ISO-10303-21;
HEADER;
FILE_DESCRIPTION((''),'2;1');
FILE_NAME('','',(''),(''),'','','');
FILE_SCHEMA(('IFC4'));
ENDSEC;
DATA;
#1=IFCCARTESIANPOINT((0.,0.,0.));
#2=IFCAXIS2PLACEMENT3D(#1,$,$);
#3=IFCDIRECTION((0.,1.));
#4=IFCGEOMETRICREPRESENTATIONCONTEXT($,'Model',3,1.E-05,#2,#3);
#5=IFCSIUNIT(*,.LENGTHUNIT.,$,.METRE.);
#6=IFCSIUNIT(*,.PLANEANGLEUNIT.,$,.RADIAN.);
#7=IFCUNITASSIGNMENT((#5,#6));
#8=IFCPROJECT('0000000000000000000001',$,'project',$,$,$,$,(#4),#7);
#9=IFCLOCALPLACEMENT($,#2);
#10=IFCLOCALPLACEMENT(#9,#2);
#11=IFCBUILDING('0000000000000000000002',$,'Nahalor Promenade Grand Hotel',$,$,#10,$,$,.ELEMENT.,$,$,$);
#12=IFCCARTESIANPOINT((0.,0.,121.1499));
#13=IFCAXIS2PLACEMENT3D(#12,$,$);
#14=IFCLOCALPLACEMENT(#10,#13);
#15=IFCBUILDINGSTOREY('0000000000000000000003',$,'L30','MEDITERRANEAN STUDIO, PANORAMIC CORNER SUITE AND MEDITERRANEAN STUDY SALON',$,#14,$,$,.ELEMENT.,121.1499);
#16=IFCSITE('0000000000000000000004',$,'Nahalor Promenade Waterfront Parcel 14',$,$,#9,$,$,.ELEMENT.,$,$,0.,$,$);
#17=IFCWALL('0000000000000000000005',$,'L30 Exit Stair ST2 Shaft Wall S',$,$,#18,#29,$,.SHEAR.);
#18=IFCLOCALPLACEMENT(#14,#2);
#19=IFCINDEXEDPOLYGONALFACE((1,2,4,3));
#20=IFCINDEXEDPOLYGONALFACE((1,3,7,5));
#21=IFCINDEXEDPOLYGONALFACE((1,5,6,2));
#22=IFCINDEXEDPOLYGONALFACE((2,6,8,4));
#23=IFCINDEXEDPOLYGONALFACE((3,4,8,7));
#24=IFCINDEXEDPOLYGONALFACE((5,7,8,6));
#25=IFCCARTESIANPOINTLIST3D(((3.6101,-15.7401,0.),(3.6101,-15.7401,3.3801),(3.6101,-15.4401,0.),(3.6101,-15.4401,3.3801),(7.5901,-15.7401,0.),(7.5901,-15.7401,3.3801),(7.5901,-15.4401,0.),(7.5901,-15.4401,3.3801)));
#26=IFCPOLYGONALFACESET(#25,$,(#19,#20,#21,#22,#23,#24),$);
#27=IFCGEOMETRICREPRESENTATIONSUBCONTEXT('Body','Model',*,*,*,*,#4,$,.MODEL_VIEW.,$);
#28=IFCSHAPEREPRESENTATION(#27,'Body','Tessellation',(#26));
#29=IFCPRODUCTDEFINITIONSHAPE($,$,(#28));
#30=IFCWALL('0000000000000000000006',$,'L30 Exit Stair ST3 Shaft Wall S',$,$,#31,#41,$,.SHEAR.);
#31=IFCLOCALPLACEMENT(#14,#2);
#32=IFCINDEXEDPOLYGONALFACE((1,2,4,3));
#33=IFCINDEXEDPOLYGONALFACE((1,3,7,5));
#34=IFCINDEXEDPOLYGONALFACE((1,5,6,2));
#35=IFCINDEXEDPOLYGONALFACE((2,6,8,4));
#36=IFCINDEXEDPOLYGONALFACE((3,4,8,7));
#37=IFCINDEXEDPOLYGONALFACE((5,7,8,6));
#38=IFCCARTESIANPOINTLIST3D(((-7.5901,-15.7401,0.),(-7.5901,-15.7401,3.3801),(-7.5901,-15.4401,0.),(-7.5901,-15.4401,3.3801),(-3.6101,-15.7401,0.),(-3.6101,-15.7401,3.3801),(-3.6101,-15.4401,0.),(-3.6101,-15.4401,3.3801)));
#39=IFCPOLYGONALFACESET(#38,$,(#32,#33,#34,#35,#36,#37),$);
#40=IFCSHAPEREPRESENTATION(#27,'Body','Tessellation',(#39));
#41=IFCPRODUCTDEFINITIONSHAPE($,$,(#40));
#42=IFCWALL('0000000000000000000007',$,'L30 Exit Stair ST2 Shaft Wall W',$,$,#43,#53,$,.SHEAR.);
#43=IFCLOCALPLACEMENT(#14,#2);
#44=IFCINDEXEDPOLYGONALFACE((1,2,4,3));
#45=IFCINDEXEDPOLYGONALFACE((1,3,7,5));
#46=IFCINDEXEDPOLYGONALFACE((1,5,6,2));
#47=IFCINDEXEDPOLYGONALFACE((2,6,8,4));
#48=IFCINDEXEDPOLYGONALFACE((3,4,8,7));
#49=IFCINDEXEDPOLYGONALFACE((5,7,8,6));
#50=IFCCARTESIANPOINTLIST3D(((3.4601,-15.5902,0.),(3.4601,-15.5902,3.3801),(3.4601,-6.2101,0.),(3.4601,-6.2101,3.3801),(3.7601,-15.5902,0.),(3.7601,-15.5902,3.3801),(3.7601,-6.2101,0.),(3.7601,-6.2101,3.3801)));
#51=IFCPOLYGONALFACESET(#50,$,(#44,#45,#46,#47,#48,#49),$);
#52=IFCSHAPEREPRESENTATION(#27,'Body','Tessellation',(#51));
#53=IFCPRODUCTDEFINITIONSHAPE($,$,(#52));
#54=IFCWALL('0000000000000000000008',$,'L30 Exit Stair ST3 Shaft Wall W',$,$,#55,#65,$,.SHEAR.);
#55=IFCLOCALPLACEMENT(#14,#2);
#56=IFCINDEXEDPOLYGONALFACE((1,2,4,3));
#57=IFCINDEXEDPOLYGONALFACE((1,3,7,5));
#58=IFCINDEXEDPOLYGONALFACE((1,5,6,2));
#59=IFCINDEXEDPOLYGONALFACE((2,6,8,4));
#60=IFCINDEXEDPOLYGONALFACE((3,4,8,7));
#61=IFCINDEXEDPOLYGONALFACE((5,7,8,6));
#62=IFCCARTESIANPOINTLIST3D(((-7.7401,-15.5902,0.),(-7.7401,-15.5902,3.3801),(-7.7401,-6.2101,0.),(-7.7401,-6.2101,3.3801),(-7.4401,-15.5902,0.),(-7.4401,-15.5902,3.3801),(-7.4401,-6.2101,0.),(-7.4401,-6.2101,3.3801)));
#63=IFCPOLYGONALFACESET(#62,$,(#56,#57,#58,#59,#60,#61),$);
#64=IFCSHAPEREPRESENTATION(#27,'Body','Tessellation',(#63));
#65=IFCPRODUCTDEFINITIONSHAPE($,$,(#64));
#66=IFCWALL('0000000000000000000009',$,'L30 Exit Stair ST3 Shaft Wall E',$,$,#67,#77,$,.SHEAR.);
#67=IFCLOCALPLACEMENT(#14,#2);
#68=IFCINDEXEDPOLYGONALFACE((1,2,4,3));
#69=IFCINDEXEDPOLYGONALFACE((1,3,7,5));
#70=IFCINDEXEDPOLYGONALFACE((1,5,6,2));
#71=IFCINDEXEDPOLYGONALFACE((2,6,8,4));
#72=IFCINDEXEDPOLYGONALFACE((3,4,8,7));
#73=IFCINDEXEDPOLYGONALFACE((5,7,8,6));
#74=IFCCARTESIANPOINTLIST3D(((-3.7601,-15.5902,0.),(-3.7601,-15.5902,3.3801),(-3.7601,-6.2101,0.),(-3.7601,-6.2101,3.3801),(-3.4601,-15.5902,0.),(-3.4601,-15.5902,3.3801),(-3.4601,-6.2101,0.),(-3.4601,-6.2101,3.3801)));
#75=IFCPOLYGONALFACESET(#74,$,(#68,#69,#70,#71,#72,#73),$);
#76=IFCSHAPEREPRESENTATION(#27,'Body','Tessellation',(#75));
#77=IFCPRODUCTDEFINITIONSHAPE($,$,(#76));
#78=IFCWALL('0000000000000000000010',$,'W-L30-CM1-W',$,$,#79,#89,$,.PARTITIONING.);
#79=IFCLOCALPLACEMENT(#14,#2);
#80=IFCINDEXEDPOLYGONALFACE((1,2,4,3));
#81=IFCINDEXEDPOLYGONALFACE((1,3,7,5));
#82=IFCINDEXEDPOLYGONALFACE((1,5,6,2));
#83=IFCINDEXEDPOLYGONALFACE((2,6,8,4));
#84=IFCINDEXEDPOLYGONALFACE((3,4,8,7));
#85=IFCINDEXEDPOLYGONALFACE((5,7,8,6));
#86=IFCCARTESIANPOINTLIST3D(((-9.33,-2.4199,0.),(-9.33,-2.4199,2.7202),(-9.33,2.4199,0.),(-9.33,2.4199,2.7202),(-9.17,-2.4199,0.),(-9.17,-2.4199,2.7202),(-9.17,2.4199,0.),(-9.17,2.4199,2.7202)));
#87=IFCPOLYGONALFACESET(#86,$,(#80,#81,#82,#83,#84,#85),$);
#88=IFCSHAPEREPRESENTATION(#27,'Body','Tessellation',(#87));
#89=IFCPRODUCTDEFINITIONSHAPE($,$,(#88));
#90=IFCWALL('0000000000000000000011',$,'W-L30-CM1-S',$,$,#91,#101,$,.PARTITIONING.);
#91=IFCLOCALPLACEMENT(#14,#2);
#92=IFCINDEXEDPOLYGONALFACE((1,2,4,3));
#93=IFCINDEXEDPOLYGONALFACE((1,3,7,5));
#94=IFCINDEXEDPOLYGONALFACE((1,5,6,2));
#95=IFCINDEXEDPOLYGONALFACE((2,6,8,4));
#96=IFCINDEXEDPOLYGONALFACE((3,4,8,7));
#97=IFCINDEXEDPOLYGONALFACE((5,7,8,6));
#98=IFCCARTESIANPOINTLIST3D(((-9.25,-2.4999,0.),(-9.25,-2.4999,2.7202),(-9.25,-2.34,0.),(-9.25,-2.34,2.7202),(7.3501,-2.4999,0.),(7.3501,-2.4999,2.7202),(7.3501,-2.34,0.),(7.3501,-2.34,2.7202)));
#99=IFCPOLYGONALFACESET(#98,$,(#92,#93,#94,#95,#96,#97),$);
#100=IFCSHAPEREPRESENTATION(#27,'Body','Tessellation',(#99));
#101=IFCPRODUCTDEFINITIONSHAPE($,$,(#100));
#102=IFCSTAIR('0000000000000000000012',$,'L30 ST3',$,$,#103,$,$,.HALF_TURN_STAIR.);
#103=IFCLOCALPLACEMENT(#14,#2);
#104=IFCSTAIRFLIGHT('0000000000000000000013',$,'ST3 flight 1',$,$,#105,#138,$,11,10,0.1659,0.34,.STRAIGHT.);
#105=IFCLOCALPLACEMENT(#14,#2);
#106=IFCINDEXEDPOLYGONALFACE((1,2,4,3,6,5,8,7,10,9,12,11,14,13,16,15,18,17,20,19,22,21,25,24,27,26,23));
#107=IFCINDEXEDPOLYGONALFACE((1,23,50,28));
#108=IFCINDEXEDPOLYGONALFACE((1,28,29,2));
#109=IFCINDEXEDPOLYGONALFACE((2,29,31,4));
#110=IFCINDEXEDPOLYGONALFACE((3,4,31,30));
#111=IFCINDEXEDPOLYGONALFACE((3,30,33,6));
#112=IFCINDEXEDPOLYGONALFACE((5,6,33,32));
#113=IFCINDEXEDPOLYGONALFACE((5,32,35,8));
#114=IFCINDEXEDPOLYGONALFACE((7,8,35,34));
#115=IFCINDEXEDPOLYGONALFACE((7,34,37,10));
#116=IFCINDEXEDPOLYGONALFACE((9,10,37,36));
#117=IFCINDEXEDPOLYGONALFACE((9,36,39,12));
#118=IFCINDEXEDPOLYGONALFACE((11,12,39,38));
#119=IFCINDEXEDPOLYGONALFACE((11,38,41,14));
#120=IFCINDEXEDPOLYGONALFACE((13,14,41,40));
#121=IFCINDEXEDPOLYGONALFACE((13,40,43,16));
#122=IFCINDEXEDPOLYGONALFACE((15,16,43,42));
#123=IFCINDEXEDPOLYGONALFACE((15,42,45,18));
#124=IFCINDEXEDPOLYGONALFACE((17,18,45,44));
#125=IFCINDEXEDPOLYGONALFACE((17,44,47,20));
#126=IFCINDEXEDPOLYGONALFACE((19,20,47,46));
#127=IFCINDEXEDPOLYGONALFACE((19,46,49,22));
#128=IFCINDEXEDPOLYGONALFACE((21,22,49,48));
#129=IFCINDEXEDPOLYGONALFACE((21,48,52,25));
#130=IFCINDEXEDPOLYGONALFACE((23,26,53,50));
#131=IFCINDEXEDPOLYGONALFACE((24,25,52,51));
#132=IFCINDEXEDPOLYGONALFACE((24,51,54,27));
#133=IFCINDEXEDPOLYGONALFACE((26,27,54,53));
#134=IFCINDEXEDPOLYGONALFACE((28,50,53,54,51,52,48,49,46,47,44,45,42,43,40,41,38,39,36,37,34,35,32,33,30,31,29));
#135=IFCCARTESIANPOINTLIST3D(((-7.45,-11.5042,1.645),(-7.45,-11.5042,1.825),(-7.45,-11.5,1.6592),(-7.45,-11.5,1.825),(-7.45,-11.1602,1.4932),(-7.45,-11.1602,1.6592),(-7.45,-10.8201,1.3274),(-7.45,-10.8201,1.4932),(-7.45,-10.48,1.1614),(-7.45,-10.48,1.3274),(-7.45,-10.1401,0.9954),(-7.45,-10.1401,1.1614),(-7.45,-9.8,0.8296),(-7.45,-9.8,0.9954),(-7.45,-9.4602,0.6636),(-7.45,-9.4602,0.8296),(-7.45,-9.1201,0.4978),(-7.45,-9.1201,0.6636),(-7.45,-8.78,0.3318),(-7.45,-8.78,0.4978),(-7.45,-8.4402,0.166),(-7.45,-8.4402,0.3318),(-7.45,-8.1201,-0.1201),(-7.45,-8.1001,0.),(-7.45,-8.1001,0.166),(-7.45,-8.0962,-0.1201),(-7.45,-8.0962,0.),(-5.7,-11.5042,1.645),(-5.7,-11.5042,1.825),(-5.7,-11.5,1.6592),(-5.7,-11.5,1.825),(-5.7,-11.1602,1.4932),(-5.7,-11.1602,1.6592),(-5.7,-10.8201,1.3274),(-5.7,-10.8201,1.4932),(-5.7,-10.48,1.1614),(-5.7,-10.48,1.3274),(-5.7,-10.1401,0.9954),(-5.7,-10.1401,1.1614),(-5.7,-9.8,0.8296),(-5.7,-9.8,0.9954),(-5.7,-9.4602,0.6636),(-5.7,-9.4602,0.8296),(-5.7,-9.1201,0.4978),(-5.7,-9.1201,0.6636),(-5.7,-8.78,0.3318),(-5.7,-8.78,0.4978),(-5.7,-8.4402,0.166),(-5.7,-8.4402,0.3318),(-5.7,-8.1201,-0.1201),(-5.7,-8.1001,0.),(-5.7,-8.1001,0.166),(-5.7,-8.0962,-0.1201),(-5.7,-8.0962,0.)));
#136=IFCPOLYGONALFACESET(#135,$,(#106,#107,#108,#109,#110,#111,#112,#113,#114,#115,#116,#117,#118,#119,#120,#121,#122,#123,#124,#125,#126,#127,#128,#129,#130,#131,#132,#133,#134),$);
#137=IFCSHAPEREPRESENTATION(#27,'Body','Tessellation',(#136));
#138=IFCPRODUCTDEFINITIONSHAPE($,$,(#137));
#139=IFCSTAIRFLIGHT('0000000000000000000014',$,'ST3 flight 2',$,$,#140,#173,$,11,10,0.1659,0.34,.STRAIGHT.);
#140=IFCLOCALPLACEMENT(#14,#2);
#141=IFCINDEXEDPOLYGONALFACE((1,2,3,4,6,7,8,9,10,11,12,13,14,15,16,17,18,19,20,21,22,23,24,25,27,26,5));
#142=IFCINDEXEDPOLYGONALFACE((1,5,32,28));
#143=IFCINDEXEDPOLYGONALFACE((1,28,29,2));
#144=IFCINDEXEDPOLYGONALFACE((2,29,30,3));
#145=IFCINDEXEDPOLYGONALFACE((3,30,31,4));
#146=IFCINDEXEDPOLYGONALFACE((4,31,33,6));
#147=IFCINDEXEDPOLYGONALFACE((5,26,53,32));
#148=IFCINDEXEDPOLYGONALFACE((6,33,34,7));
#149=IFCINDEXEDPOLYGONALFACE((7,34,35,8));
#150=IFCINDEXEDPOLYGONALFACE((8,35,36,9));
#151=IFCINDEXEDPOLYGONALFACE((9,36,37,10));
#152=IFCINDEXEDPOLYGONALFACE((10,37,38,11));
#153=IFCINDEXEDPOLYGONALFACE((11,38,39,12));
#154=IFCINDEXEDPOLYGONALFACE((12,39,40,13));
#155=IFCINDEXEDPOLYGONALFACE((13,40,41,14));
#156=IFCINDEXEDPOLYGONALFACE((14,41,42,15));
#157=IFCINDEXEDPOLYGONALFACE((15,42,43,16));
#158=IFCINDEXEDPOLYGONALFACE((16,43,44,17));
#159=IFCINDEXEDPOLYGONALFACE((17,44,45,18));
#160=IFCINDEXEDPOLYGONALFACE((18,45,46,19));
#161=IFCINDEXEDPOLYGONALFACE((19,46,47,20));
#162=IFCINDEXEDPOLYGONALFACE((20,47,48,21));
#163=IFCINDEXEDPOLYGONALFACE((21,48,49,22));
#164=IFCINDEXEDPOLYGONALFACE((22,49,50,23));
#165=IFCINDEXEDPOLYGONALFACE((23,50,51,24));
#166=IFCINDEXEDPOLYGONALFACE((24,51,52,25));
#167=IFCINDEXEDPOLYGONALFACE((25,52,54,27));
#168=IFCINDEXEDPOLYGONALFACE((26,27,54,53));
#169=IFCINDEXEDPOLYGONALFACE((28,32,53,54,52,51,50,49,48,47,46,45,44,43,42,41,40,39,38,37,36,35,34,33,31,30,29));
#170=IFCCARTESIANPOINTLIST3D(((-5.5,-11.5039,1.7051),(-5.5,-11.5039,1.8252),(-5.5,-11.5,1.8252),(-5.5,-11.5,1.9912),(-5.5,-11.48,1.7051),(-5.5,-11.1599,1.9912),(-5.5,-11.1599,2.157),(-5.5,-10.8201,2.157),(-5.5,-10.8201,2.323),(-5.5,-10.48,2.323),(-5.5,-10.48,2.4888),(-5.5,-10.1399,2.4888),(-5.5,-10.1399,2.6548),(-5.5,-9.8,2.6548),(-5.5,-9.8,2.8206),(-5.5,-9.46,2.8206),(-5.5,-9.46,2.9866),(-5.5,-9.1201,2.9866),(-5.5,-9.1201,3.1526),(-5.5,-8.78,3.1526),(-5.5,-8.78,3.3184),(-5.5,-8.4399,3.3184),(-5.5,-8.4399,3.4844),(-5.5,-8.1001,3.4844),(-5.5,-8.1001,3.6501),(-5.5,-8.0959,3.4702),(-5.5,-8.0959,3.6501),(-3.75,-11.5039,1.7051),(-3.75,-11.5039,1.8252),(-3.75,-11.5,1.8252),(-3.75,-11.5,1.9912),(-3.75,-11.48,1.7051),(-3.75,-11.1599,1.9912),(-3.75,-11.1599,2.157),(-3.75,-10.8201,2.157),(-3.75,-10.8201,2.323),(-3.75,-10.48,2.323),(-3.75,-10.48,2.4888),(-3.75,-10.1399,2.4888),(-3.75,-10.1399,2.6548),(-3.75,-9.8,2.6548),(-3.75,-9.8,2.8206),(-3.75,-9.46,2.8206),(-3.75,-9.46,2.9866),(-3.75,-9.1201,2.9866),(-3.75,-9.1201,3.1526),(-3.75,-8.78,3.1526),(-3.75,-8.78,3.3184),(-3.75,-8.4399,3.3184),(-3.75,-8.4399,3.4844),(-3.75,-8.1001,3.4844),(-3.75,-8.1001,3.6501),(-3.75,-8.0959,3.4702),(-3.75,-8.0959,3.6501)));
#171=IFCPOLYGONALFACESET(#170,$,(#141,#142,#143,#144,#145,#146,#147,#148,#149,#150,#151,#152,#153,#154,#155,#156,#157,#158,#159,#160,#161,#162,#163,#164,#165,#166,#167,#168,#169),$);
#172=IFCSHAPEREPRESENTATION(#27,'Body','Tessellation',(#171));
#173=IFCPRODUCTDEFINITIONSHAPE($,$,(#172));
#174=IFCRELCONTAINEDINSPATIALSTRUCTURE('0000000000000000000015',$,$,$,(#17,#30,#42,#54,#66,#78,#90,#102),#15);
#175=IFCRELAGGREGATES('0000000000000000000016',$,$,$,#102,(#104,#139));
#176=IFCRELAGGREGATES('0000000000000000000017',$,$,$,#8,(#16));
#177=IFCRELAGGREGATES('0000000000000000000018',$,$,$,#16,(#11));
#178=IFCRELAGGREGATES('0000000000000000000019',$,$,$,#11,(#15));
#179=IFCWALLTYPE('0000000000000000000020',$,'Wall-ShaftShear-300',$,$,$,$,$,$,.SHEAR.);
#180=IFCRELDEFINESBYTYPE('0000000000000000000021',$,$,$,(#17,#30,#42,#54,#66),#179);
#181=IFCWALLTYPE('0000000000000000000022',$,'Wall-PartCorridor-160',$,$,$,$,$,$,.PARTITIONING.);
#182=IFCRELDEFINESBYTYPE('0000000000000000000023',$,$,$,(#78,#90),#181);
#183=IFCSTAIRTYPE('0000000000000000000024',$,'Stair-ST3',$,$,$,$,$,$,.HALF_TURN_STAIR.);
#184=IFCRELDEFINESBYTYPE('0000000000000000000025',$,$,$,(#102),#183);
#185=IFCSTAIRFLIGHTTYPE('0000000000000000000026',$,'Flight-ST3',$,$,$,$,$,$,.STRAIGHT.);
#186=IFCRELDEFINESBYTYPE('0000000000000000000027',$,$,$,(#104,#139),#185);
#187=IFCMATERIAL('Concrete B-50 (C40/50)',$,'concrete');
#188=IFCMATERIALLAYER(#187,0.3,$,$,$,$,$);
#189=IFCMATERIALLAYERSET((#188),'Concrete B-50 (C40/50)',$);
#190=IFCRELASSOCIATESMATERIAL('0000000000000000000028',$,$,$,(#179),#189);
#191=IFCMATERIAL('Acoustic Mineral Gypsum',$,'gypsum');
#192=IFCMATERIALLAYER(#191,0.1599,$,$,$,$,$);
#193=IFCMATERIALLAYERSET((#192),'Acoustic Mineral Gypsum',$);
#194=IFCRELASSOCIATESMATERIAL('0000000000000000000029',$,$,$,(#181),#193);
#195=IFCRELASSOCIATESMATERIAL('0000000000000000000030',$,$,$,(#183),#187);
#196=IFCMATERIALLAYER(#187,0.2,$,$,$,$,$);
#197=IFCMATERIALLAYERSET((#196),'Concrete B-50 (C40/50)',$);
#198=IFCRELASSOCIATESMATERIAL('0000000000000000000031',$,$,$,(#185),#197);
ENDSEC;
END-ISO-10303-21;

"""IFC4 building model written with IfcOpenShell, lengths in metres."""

from ifc_helpers import new_model, si_unit, direction, frame, frame_2d, origin, place, context, subcontext, project, spatial, polyline, rectangle, outline, extrude, source, transform, mapped, material, layer, layer_set, type_object, element, aggregate, save


model = new_model("IFC4")

# Units and contexts
model_context = context("Model", 3, precision=1e-05, world=origin(), true_north=direction((0.0, 1.0)))
body_context = subcontext(model_context, "Body", "Model", "MODEL_VIEW")
ifc_project = project(units=[si_unit("LENGTHUNIT", "METRE"), si_unit("PLANEANGLEUNIT", "RADIAN")], contexts=[model_context])

# Site, building, storey
site_placement = place(None, origin())
site = spatial("IfcSite", under=ifc_project, at=site_placement, Name="Nahalor Promenade Waterfront Parcel 14", CompositionType="ELEMENT", RefElevation=0.0)
building_placement = place(site_placement, origin())
building = spatial("IfcBuilding", under=site, at=building_placement, Name="Nahalor Promenade Grand Hotel", CompositionType="ELEMENT")
storey_placement = place(building_placement, frame((0.0, 0.0, 121.1499)))
storey = spatial("IfcBuildingStorey", under=building, at=storey_placement, Name="L30", Description="MEDITERRANEAN STUDIO, PANORAMIC CORNER SUITE AND MEDITERRANEAN STUDY SALON", CompositionType="ELEMENT", Elevation=121.1499)

# Walls
ifc_material_1 = material(Name="Concrete B-50 (C40/50)", Category="concrete")
ifc_layer_1 = layer(ifc_material_1, 0.3)
ifc_layer_set_1 = layer_set([ifc_layer_1], Name="Concrete B-50 (C40/50)")
wall_type_1 = type_object("IfcWallType", Name="Wall-ShaftShear-300", PredefinedType="SHEAR", material=ifc_layer_set_1)
shared_shape_1 = source(origin(), body_context, "Body", "SweptSolid", [
    extrude(rectangle(XDim=3.98, YDim=0.3, at=frame_2d((1.99, 0.0))), origin(), (0.0, 0.0, 1.0), 3.3801),
])
for number, where, z_axis, x_axis, name in (
    (1, (3.6101, -15.5901, 0.0), (0.0, 0.0, 1.0), (1.0, 0.0, 0.0), "L30 Exit Stair ST2 Shaft Wall S"),
    (2, (-7.5901, -15.5901, 0.0), (0.0, 0.0, 1.0), (1.0, 0.0, 0.0), "L30 Exit Stair ST3 Shaft Wall S"),
):
    element("IfcWall", number, at=place(storey_placement, frame(where, z_axis=z_axis, x_axis=x_axis)), inside=storey, type_object=wall_type_1, Name=name, PredefinedType="SHEAR", context=body_context, shape_type="MappedRepresentation", body=[
        mapped(shared_shape_1, transform((0.0, 0.0, 0.0), scale=1.0)),
    ])

# Walls
shared_shape_2 = source(origin(), body_context, "Body", "SweptSolid", [
    extrude(rectangle(XDim=9.3801, YDim=0.3, at=frame_2d((4.6899, 0.0))), origin(), (0.0, 0.0, 1.0), 3.3801),
])
for number, where, z_axis, x_axis, name in (
    (3, (3.6101, -15.5901, 0.0), (0.0, 0.0, 1.0), (0.0, 1.0, 0.0), "L30 Exit Stair ST2 Shaft Wall W"),
    (4, (-7.5901, -15.5901, 0.0), (0.0, 0.0, 1.0), (0.0, 1.0, 0.0), "L30 Exit Stair ST3 Shaft Wall W"),
    (5, (-3.6101, -15.5901, 0.0), (0.0, 0.0, 1.0), (0.0, 1.0, 0.0), "L30 Exit Stair ST3 Shaft Wall E"),
):
    element("IfcWall", number, at=place(storey_placement, frame(where, z_axis=z_axis, x_axis=x_axis)), inside=storey, type_object=wall_type_1, Name=name, PredefinedType="SHEAR", context=body_context, shape_type="MappedRepresentation", body=[
        mapped(shared_shape_2, transform((0.0, 0.0, 0.0), scale=1.0)),
    ])
ifc_material_2 = material(Name="Acoustic Mineral Gypsum", Category="gypsum")
ifc_layer_2 = layer(ifc_material_2, 0.1599)
ifc_layer_set_2 = layer_set([ifc_layer_2], Name="Acoustic Mineral Gypsum")
wall_type_2 = type_object("IfcWallType", Name="Wall-PartCorridor-160", PredefinedType="PARTITIONING", material=ifc_layer_set_2)
shared_shape_3 = source(origin(), body_context, "Body", "SweptSolid", [
    extrude(rectangle(XDim=4.8398, YDim=0.1599, at=frame_2d((2.4199, 0.0))), origin(), (0.0, 0.0, 1.0), 2.7202),
])
wall_1_placement = place(storey_placement, frame((-9.25, -2.4199, 0.0), z_axis=(0.0, 0.0, 1.0), x_axis=(0.0, 1.0, 0.0)))
element("IfcWall", 6, at=wall_1_placement, inside=storey, type_object=wall_type_2, Name="W-L30-CM1-W", PredefinedType="PARTITIONING", context=body_context, shape_type="MappedRepresentation", body=[
    mapped(shared_shape_3, transform((0.0, 0.0, 0.0), scale=1.0)),
])

# Wall
shared_shape_4 = source(origin(), body_context, "Body", "SweptSolid", [
    extrude(rectangle(XDim=16.6001, YDim=0.1599, at=frame_2d((8.3, 0.0))), origin(), (0.0, 0.0, 1.0), 2.7202),
])
wall_2_placement = place(storey_placement, frame((-9.25, -2.4199, 0.0), z_axis=(0.0, 0.0, 1.0), x_axis=(1.0, 0.0, 0.0)))
element("IfcWall", 7, at=wall_2_placement, inside=storey, type_object=wall_type_2, Name="W-L30-CM1-S", PredefinedType="PARTITIONING", context=body_context, shape_type="MappedRepresentation", body=[
    mapped(shared_shape_4, transform((0.0, 0.0, 0.0), scale=1.0)),
])

# Stair, stair flights
stair_type = type_object("IfcStairType", Name="Stair-ST3", PredefinedType="HALF_TURN_STAIR", material=ifc_material_1)
stair_placement = place(storey_placement, origin())
stair = element("IfcStair", 8, at=stair_placement, inside=storey, type_object=stair_type, Name="L30 ST3", PredefinedType="HALF_TURN_STAIR")
ifc_layer_3 = layer(ifc_material_1, 0.2)
ifc_layer_set_3 = layer_set([ifc_layer_3], Name="Concrete B-50 (C40/50)")
stair_flight_type = type_object("IfcStairFlightType", Name="Flight-ST3", PredefinedType="STRAIGHT", material=ifc_layer_set_3)
shared_shape_5 = source(origin(), body_context, "Body", "SweptSolid", [
    extrude(outline(polyline([(-0.0039, -0.1201), (-0.0039, 0.0), (0.0, 0.0), (0.0, 0.166), (0.3401, 0.166), (0.3401, 0.3318), (0.6799, 0.3318), (0.6799, 0.4978), (1.02, 0.4978), (1.02, 0.6636), (1.3601, 0.6636), (1.3601, 0.8296), (1.7, 0.8296), (1.7, 0.9954), (2.04, 0.9954), (2.04, 1.1614), (2.3799, 1.1614), (2.3799, 1.3274), (2.72, 1.3274), (2.72, 1.4932), (3.0601, 1.4932), (3.0601, 1.6592), (3.3999, 1.6592), (3.3999, 1.825), (3.4041, 1.825), (3.4041, 1.645), (0.02, -0.1201), (-0.0039, -0.1201)])), frame((0.0, 0.875, 0.0), z_axis=(0.0, -1.0, 0.0), x_axis=(1.0, 0.0, 0.0)), (0.0, 0.0, 1.0), 1.75),
])
stair_flight_1_placement = place(storey_placement, frame((-6.575, -8.1001, 0.0), z_axis=(0.0, 0.0, 1.0), x_axis=(0.0, -1.0, 0.0)))
stair_flight_1 = element("IfcStairFlight", 9, at=stair_flight_1_placement, type_object=stair_flight_type, Name="ST3 flight 1", NumberOfRisers=11, NumberOfTreads=10, PredefinedType="STRAIGHT", RiserHeight=0.1659, TreadLength=0.34, context=body_context, shape_type="MappedRepresentation", body=[
    mapped(shared_shape_5, transform((0.0, 0.0, 0.0), scale=1.0)),
])
stair_flight_2_placement = place(storey_placement, frame((-4.625, -11.5, 1.8252), z_axis=(0.0, 0.0, 1.0), x_axis=(0.0, 1.0, 0.0)))
stair_flight_2 = element("IfcStairFlight", 10, at=stair_flight_2_placement, type_object=stair_flight_type, Name="ST3 flight 2", NumberOfRisers=11, NumberOfTreads=10, PredefinedType="STRAIGHT", RiserHeight=0.1659, TreadLength=0.34, context=body_context, shape_type="MappedRepresentation", body=[
    mapped(shared_shape_5, transform((0.0, 0.0, 0.0), scale=1.0)),
])
aggregate(stair, [stair_flight_1, stair_flight_2])

save(model, "model.ifc")
